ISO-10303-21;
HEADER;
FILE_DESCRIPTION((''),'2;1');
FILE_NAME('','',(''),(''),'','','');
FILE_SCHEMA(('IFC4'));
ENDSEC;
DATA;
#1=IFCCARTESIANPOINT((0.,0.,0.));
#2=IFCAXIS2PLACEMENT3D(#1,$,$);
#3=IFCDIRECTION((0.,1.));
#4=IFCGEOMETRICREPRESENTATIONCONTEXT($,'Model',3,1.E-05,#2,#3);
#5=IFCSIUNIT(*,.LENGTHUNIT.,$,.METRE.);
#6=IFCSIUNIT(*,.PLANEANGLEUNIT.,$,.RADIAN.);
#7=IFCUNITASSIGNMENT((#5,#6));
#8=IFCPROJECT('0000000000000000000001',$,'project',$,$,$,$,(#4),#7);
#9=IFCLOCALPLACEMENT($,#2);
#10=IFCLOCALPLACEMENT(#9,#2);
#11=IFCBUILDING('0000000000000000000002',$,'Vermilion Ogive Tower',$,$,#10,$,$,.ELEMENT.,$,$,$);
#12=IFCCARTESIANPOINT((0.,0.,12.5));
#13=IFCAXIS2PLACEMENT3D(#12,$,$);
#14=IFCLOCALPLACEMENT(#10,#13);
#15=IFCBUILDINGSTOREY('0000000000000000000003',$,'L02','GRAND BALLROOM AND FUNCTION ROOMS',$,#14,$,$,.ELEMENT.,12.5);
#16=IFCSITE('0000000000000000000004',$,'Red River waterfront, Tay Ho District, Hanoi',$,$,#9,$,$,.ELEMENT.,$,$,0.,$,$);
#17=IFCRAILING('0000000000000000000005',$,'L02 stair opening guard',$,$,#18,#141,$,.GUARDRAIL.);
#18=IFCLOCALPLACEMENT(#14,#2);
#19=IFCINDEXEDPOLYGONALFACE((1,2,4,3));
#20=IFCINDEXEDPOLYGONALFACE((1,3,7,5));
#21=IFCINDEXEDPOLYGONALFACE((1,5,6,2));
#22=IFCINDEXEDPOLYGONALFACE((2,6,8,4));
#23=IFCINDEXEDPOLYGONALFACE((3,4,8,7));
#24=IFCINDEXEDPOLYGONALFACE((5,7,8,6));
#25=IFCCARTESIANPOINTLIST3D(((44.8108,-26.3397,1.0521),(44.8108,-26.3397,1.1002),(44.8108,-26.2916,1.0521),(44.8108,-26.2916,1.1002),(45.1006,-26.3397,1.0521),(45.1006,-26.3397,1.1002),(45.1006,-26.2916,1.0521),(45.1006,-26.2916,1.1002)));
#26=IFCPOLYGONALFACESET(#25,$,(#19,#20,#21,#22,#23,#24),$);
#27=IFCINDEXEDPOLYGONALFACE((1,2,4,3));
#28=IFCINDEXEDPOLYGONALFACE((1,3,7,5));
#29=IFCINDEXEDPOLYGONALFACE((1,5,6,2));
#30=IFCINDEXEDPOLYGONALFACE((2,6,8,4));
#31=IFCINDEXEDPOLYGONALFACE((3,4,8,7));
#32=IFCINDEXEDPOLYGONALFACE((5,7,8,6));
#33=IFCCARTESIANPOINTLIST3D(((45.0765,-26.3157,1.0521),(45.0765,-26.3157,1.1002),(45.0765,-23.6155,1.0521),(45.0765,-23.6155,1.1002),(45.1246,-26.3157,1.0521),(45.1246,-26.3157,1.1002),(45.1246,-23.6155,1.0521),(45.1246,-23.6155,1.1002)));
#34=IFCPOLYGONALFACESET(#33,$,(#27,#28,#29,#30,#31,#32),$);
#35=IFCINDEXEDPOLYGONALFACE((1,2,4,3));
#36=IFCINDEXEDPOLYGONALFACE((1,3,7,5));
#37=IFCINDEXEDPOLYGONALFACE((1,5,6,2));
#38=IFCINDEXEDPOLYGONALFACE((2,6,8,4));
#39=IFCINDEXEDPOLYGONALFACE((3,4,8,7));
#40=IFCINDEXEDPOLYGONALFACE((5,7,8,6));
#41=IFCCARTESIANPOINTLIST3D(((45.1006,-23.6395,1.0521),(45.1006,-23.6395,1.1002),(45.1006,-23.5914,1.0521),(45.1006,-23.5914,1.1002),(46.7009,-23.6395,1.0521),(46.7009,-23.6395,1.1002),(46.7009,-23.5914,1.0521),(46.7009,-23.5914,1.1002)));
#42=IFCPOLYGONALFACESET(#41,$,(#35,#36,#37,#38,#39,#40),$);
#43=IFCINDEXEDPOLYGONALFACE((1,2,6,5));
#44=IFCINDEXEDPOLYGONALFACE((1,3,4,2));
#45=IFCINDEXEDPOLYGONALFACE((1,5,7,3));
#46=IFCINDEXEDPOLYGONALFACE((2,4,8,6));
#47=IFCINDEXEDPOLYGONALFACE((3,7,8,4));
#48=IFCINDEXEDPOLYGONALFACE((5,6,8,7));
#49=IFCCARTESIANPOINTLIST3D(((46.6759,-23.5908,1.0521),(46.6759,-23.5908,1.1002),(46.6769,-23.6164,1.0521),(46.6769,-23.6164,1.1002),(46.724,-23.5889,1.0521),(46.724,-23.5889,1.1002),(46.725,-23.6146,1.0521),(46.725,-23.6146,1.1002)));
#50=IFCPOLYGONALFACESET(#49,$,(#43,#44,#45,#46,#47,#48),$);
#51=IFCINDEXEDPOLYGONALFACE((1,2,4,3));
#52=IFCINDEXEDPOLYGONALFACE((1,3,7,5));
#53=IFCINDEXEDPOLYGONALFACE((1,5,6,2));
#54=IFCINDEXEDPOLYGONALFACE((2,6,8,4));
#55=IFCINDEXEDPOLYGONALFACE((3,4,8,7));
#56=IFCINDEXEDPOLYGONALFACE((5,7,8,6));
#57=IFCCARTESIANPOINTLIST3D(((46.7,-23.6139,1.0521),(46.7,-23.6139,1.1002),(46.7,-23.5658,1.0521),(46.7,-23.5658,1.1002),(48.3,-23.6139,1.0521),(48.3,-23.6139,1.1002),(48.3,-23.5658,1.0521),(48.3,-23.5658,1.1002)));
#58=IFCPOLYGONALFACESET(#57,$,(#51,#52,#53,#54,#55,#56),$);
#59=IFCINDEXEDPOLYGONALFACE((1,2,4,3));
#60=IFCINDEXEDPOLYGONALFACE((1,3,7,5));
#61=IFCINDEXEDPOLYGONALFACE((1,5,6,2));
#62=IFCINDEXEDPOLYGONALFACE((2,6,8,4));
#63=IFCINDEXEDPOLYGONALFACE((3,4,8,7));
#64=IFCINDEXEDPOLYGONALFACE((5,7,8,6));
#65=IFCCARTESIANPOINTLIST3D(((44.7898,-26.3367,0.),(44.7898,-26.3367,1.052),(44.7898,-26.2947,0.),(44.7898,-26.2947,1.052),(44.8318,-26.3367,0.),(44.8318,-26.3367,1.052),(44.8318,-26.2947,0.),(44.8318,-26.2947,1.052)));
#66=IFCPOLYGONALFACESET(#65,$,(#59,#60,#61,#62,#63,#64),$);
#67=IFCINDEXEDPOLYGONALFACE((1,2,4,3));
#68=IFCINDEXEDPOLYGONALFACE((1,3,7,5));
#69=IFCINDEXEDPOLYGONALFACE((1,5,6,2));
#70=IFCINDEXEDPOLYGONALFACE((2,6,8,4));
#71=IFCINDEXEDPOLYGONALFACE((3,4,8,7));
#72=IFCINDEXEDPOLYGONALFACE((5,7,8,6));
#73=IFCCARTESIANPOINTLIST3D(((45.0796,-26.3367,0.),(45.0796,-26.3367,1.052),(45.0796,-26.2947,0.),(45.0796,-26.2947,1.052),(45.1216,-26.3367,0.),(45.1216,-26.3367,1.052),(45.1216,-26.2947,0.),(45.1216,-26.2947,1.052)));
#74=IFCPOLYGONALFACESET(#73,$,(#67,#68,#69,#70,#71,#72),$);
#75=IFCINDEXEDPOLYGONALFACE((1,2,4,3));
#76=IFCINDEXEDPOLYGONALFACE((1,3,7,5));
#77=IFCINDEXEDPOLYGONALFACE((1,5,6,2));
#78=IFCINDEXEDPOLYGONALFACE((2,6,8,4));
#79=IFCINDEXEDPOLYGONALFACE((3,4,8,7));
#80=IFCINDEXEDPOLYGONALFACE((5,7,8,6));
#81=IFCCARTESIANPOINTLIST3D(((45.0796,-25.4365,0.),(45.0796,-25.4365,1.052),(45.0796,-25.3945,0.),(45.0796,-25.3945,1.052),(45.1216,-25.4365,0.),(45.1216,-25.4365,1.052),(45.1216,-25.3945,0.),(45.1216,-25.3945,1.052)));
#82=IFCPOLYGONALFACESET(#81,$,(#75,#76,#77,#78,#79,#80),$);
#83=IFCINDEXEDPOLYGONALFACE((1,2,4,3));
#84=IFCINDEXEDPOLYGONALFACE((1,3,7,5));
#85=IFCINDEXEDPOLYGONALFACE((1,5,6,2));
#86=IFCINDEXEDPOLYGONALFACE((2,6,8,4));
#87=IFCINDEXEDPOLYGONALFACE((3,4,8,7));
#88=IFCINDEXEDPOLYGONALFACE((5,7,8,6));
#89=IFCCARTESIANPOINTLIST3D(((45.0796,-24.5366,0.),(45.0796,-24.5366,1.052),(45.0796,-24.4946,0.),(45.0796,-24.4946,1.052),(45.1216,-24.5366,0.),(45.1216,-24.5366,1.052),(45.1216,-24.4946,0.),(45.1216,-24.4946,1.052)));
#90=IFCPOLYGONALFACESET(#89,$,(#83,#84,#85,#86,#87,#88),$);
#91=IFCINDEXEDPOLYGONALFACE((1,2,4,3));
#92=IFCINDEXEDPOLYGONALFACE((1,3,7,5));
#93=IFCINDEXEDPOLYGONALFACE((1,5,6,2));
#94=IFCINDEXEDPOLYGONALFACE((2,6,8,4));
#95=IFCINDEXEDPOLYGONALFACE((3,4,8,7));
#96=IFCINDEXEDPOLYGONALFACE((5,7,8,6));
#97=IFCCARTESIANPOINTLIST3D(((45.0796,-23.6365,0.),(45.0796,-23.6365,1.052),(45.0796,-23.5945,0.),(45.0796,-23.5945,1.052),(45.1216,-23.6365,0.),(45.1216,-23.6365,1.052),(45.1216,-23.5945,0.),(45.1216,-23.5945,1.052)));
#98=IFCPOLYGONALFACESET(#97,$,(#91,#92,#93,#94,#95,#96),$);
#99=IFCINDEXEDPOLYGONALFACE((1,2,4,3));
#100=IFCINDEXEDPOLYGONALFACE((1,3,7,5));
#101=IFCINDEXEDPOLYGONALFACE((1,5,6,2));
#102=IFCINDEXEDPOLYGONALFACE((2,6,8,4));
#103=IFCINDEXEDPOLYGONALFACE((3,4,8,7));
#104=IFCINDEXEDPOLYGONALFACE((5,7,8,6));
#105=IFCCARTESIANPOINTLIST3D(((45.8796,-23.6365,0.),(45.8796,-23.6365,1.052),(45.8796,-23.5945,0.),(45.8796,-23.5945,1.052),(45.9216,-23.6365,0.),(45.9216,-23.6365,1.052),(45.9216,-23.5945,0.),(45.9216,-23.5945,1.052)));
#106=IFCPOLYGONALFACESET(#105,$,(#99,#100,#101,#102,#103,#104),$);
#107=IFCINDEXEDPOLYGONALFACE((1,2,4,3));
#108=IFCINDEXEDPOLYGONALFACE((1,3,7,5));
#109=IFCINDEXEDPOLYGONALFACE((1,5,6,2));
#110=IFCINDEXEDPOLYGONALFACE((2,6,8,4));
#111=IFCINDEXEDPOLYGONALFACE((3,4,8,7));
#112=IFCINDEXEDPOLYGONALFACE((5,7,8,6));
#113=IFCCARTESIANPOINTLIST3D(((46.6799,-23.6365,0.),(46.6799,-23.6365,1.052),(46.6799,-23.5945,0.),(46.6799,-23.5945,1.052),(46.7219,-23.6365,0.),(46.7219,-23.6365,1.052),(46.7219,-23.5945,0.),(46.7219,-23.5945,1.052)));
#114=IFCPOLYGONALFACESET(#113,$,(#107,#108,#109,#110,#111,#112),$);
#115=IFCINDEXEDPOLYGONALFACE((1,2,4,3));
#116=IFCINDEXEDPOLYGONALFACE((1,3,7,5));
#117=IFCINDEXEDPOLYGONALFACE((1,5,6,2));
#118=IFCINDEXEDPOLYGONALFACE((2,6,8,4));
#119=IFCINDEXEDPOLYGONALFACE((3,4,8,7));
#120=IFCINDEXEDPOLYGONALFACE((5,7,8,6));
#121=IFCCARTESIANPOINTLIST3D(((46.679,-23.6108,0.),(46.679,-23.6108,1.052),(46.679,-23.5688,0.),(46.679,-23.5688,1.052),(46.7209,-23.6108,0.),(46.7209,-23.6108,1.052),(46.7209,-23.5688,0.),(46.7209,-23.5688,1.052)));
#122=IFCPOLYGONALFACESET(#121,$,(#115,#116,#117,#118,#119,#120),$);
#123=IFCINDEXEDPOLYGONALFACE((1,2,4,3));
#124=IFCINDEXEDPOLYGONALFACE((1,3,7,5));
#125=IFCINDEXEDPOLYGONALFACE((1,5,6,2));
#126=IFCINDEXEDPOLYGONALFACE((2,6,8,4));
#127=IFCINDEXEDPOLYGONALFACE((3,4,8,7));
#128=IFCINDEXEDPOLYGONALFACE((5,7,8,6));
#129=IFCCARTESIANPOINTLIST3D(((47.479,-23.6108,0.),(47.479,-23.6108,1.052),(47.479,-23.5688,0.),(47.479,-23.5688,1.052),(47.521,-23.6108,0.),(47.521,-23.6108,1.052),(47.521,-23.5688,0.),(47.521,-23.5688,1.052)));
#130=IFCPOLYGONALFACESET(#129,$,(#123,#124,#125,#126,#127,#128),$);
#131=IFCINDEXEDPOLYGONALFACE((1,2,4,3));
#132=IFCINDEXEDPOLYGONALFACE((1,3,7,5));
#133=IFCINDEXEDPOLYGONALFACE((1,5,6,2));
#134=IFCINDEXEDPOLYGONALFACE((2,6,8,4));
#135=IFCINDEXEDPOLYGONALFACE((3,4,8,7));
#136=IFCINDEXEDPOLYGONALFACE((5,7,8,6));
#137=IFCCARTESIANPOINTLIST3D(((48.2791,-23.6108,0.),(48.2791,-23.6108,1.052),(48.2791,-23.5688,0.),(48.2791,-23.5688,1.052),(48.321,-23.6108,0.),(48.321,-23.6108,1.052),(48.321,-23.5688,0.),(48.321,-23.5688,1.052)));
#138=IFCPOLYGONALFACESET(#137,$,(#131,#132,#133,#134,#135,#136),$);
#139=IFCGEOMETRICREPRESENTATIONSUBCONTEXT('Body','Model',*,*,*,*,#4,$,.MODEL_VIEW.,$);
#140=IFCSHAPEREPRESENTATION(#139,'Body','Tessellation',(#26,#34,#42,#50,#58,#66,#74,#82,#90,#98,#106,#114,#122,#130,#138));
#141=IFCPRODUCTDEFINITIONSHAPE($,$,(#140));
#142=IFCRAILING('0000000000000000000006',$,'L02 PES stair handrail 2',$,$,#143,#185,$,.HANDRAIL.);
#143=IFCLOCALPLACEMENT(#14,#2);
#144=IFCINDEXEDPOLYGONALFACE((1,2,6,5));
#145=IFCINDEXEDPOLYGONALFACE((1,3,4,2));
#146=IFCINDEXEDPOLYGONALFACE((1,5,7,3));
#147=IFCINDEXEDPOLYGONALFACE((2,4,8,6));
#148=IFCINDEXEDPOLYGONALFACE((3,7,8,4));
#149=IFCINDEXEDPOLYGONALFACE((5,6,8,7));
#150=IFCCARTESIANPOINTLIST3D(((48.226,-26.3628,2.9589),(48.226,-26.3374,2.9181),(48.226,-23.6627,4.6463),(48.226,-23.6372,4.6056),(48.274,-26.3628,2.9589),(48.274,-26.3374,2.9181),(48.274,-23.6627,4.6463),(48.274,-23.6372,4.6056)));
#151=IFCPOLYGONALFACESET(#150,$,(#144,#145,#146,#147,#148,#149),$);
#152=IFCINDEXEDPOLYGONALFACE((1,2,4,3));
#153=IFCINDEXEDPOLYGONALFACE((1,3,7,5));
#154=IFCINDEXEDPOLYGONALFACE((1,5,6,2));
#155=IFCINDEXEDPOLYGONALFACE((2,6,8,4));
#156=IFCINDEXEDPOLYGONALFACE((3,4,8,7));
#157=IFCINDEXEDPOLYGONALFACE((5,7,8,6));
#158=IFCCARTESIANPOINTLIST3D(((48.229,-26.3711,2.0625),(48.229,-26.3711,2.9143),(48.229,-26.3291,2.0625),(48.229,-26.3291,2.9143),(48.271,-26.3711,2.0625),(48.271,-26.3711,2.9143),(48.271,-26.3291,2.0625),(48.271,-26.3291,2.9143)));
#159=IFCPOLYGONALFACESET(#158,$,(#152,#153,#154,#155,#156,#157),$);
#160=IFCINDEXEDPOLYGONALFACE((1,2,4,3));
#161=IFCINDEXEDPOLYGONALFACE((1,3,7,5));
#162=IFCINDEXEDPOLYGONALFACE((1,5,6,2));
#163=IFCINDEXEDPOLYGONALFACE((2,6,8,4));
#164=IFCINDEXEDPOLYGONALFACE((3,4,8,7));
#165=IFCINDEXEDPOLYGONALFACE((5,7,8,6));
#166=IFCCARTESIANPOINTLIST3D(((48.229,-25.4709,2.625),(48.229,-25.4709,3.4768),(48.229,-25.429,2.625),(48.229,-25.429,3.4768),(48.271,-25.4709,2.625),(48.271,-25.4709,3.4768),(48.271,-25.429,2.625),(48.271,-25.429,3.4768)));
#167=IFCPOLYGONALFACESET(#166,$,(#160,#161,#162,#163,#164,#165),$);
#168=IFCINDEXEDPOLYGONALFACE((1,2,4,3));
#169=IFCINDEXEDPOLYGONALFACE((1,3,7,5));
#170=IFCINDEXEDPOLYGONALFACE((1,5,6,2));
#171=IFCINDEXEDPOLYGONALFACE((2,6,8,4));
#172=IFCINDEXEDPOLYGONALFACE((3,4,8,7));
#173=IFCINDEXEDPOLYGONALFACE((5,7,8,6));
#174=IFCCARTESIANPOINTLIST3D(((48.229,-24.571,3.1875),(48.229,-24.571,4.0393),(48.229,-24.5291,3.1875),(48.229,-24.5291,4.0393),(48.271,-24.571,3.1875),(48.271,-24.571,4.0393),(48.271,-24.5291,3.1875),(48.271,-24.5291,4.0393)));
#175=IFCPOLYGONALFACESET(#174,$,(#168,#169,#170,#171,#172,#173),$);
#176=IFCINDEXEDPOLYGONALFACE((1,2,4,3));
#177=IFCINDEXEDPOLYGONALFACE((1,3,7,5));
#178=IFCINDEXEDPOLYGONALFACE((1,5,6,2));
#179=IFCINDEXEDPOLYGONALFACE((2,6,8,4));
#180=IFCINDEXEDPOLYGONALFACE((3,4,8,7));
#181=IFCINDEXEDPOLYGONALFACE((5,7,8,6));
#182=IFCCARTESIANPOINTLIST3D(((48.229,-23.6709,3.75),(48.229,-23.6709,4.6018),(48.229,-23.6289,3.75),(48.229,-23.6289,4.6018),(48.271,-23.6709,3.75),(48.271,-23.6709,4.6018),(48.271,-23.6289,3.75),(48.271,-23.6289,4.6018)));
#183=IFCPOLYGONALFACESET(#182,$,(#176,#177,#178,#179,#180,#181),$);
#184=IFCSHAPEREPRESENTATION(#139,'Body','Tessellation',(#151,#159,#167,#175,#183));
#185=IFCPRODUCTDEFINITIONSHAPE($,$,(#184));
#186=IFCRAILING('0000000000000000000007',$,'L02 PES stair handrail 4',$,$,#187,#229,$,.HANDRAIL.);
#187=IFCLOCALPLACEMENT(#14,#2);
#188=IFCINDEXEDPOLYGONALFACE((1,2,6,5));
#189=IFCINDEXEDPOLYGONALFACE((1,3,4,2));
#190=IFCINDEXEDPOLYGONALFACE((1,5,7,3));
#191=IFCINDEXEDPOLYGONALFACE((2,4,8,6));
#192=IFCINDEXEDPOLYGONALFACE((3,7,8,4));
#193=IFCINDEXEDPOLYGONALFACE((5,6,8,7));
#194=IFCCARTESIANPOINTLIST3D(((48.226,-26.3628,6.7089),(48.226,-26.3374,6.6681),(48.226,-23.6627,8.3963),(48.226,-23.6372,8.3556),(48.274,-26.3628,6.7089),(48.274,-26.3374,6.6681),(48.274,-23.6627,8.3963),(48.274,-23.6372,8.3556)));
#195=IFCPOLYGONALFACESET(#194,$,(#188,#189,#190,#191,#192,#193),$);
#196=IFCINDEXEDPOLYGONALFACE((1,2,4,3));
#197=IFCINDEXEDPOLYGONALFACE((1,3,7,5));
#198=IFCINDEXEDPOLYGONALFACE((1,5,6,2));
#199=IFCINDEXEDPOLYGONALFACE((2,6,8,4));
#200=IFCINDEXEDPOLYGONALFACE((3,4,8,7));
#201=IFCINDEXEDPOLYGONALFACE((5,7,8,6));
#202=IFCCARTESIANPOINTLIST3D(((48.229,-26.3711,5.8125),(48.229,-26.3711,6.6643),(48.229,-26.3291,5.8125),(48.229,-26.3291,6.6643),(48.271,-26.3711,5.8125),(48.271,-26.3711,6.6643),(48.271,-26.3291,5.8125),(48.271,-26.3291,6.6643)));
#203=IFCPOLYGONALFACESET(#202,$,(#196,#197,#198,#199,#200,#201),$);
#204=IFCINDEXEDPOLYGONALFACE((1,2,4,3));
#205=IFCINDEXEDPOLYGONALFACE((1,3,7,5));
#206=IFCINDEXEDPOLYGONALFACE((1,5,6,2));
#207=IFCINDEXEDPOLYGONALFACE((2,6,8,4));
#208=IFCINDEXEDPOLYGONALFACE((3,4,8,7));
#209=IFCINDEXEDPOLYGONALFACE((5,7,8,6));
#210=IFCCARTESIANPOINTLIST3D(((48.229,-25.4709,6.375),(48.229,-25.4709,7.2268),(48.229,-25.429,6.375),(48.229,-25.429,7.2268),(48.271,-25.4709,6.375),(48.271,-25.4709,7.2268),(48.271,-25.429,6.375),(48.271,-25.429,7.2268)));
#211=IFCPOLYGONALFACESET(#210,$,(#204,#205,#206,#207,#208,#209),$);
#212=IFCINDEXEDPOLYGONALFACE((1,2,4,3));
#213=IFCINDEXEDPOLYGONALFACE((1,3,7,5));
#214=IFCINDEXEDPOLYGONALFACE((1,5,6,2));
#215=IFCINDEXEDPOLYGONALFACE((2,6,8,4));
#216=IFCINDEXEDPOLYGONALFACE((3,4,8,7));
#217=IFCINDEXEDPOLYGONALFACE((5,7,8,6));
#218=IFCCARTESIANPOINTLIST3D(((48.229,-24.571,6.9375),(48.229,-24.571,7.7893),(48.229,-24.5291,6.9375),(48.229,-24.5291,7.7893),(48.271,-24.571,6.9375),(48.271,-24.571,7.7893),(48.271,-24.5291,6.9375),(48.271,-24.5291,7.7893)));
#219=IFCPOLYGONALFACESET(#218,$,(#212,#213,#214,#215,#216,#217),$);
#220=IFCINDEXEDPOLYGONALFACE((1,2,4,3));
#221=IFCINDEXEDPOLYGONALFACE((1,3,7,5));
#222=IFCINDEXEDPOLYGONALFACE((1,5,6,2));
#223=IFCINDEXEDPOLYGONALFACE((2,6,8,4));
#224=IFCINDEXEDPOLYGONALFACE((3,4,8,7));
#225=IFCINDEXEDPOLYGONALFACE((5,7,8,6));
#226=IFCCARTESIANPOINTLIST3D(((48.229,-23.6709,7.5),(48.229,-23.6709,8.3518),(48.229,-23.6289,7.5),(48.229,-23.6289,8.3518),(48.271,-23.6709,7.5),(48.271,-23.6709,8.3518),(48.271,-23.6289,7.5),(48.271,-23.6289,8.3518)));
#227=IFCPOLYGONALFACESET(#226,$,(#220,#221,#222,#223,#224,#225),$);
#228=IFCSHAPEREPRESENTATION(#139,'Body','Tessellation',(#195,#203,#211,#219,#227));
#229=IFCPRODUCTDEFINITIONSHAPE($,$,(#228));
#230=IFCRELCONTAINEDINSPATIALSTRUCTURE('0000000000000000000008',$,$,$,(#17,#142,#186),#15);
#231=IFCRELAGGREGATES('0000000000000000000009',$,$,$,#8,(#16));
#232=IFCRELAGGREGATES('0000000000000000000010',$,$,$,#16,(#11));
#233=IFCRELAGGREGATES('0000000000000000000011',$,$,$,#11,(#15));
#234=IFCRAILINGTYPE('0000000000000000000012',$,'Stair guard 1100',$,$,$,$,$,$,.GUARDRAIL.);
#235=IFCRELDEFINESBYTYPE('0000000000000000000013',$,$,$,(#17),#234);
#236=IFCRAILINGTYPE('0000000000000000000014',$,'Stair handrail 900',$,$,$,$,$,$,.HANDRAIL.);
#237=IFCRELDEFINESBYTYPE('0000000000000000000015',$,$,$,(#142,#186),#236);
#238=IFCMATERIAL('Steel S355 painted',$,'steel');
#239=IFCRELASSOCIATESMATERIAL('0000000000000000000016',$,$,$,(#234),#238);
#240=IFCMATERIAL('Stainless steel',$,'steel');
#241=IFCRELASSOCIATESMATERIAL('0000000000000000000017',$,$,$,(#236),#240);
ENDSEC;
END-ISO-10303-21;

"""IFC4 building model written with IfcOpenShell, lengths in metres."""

from ifc_helpers import new_model, si_unit, direction, frame, origin, origin_2d, place, context, subcontext, project, spatial, rectangle, extrude, material, type_object, element, save


model = new_model("IFC4")

# Units and contexts
model_context = context("Model", 3, precision=1e-05, world=origin(), true_north=direction((0.0, 1.0)))
body_context = subcontext(model_context, "Body", "Model", "MODEL_VIEW")
ifc_project = project(units=[si_unit("LENGTHUNIT", "METRE"), si_unit("PLANEANGLEUNIT", "RADIAN")], contexts=[model_context])

# Site, building, storey
site_placement = place(None, origin())
site = spatial("IfcSite", under=ifc_project, at=site_placement, Name="Red River waterfront, Tay Ho District, Hanoi", CompositionType="ELEMENT", RefElevation=0.0)
building_placement = place(site_placement, origin())
building = spatial("IfcBuilding", under=site, at=building_placement, Name="Vermilion Ogive Tower", CompositionType="ELEMENT")
storey_placement = place(building_placement, frame((0.0, 0.0, 12.5)))
storey = spatial("IfcBuildingStorey", under=building, at=storey_placement, Name="L02", Description="GRAND BALLROOM AND FUNCTION ROOMS", CompositionType="ELEMENT", Elevation=12.5)

# Railings
ifc_material_1 = material(Name="Steel S355 painted", Category="steel")
railing_type_1 = type_object("IfcRailingType", Name="Stair guard 1100", PredefinedType="GUARDRAIL", material=ifc_material_1)
railing_1_placement = place(storey_placement, frame((44.8108, -26.3157, 0.0)))
element("IfcRailing", 1, at=railing_1_placement, inside=storey, type_object=railing_type_1, Name="L02 stair opening guard", PredefinedType="GUARDRAIL", context=body_context, shape_type="SweptSolid", body=[
    extrude(rectangle(XDim=0.0481, YDim=0.0481, at=origin_2d()), frame((0.0, 0.0, 1.0762), z_axis=(1.0, 0.0, 0.0), x_axis=(0.0, 1.0, 0.0)), (0.0, 0.0, 1.0), 0.2898),
    extrude(rectangle(XDim=0.0481, YDim=0.0481, at=origin_2d()), frame((0.2898, 0.0, 1.0762), z_axis=(0.0, 1.0, 0.0), x_axis=(-1.0, 0.0, 0.0)), (0.0, 0.0, 1.0), 2.7002),
    extrude(rectangle(XDim=0.0481, YDim=0.0481, at=origin_2d()), frame((0.2898, 2.7002, 1.0762), z_axis=(1.0, 0.0, 0.0), x_axis=(0.0, 1.0, 0.0)), (0.0, 0.0, 1.0), 1.6003),
    extrude(rectangle(XDim=0.0481, YDim=0.0481, at=origin_2d()), frame((1.8901, 2.7002, 1.0762), z_axis=(-0.038068, 0.999275, 0.0), x_axis=(-0.999275, -0.038068, 0.0)), (0.0, 0.0, 1.0), 0.0256),
    extrude(rectangle(XDim=0.0481, YDim=0.0481, at=origin_2d()), frame((1.8892, 2.7258, 1.0762), z_axis=(1.0, 0.0, 0.0), x_axis=(0.0, 1.0, 0.0)), (0.0, 0.0, 1.0), 1.6001),
    extrude(rectangle(XDim=0.042, YDim=0.042, at=origin_2d()), origin(), (0.0, 0.0, 1.0), 1.052),
    extrude(rectangle(XDim=0.042, YDim=0.042, at=origin_2d()), frame((0.2898, 0.0, 0.0)), (0.0, 0.0, 1.0), 1.052),
    extrude(rectangle(XDim=0.042, YDim=0.042, at=origin_2d()), frame((0.2898, 0.9001, 0.0)), (0.0, 0.0, 1.0), 1.052),
    extrude(rectangle(XDim=0.042, YDim=0.042, at=origin_2d()), frame((0.2898, 1.8, 0.0)), (0.0, 0.0, 1.0), 1.052),
    extrude(rectangle(XDim=0.042, YDim=0.042, at=origin_2d()), frame((0.2898, 2.7002, 0.0)), (0.0, 0.0, 1.0), 1.052),
    extrude(rectangle(XDim=0.042, YDim=0.042, at=origin_2d()), frame((1.0898, 2.7002, 0.0)), (0.0, 0.0, 1.0), 1.052),
    extrude(rectangle(XDim=0.042, YDim=0.042, at=origin_2d()), frame((1.8901, 2.7002, 0.0)), (0.0, 0.0, 1.0), 1.052),
    extrude(rectangle(XDim=0.042, YDim=0.042, at=origin_2d()), frame((1.8892, 2.7258, 0.0)), (0.0, 0.0, 1.0), 1.052),
    extrude(rectangle(XDim=0.042, YDim=0.042, at=origin_2d()), frame((2.6892, 2.7258, 0.0)), (0.0, 0.0, 1.0), 1.052),
    extrude(rectangle(XDim=0.042, YDim=0.042, at=origin_2d()), frame((3.4893, 2.7258, 0.0)), (0.0, 0.0, 1.0), 1.052),
])
ifc_material_2 = material(Name="Stainless steel", Category="steel")
railing_type_2 = type_object("IfcRailingType", Name="Stair handrail 900", PredefinedType="HANDRAIL", material=ifc_material_2)
for number, where, name in (
    (2, (48.25, -26.3501, 2.0625), "L02 PES stair handrail 2"),
    (3, (48.25, -26.3501, 5.8125), "L02 PES stair handrail 4"),
):
    element("IfcRailing", number, at=place(storey_placement, frame(where)), inside=storey, type_object=railing_type_2, Name=name, PredefinedType="HANDRAIL", context=body_context, shape_type="SweptSolid", body=[
        extrude(rectangle(XDim=0.0481, YDim=0.0481, at=origin_2d()), frame((0.0, 0.0, 0.876), z_axis=(0.0, 0.848016, 0.529971), x_axis=(-1.0, 0.0, 0.0)), (0.0, 0.0, 1.0), 3.1841),
        extrude(rectangle(XDim=0.042, YDim=0.042, at=origin_2d()), origin(), (0.0, 0.0, 1.0), 0.8518),
        extrude(rectangle(XDim=0.042, YDim=0.042, at=origin_2d()), frame((0.0, 0.9001, 0.5625)), (0.0, 0.0, 1.0), 0.8518),
        extrude(rectangle(XDim=0.042, YDim=0.042, at=origin_2d()), frame((0.0, 1.8, 1.125)), (0.0, 0.0, 1.0), 0.8518),
        extrude(rectangle(XDim=0.042, YDim=0.042, at=origin_2d()), frame((0.0, 2.7002, 1.6875)), (0.0, 0.0, 1.0), 0.8518),
    ])

save(model, "model.ifc")
